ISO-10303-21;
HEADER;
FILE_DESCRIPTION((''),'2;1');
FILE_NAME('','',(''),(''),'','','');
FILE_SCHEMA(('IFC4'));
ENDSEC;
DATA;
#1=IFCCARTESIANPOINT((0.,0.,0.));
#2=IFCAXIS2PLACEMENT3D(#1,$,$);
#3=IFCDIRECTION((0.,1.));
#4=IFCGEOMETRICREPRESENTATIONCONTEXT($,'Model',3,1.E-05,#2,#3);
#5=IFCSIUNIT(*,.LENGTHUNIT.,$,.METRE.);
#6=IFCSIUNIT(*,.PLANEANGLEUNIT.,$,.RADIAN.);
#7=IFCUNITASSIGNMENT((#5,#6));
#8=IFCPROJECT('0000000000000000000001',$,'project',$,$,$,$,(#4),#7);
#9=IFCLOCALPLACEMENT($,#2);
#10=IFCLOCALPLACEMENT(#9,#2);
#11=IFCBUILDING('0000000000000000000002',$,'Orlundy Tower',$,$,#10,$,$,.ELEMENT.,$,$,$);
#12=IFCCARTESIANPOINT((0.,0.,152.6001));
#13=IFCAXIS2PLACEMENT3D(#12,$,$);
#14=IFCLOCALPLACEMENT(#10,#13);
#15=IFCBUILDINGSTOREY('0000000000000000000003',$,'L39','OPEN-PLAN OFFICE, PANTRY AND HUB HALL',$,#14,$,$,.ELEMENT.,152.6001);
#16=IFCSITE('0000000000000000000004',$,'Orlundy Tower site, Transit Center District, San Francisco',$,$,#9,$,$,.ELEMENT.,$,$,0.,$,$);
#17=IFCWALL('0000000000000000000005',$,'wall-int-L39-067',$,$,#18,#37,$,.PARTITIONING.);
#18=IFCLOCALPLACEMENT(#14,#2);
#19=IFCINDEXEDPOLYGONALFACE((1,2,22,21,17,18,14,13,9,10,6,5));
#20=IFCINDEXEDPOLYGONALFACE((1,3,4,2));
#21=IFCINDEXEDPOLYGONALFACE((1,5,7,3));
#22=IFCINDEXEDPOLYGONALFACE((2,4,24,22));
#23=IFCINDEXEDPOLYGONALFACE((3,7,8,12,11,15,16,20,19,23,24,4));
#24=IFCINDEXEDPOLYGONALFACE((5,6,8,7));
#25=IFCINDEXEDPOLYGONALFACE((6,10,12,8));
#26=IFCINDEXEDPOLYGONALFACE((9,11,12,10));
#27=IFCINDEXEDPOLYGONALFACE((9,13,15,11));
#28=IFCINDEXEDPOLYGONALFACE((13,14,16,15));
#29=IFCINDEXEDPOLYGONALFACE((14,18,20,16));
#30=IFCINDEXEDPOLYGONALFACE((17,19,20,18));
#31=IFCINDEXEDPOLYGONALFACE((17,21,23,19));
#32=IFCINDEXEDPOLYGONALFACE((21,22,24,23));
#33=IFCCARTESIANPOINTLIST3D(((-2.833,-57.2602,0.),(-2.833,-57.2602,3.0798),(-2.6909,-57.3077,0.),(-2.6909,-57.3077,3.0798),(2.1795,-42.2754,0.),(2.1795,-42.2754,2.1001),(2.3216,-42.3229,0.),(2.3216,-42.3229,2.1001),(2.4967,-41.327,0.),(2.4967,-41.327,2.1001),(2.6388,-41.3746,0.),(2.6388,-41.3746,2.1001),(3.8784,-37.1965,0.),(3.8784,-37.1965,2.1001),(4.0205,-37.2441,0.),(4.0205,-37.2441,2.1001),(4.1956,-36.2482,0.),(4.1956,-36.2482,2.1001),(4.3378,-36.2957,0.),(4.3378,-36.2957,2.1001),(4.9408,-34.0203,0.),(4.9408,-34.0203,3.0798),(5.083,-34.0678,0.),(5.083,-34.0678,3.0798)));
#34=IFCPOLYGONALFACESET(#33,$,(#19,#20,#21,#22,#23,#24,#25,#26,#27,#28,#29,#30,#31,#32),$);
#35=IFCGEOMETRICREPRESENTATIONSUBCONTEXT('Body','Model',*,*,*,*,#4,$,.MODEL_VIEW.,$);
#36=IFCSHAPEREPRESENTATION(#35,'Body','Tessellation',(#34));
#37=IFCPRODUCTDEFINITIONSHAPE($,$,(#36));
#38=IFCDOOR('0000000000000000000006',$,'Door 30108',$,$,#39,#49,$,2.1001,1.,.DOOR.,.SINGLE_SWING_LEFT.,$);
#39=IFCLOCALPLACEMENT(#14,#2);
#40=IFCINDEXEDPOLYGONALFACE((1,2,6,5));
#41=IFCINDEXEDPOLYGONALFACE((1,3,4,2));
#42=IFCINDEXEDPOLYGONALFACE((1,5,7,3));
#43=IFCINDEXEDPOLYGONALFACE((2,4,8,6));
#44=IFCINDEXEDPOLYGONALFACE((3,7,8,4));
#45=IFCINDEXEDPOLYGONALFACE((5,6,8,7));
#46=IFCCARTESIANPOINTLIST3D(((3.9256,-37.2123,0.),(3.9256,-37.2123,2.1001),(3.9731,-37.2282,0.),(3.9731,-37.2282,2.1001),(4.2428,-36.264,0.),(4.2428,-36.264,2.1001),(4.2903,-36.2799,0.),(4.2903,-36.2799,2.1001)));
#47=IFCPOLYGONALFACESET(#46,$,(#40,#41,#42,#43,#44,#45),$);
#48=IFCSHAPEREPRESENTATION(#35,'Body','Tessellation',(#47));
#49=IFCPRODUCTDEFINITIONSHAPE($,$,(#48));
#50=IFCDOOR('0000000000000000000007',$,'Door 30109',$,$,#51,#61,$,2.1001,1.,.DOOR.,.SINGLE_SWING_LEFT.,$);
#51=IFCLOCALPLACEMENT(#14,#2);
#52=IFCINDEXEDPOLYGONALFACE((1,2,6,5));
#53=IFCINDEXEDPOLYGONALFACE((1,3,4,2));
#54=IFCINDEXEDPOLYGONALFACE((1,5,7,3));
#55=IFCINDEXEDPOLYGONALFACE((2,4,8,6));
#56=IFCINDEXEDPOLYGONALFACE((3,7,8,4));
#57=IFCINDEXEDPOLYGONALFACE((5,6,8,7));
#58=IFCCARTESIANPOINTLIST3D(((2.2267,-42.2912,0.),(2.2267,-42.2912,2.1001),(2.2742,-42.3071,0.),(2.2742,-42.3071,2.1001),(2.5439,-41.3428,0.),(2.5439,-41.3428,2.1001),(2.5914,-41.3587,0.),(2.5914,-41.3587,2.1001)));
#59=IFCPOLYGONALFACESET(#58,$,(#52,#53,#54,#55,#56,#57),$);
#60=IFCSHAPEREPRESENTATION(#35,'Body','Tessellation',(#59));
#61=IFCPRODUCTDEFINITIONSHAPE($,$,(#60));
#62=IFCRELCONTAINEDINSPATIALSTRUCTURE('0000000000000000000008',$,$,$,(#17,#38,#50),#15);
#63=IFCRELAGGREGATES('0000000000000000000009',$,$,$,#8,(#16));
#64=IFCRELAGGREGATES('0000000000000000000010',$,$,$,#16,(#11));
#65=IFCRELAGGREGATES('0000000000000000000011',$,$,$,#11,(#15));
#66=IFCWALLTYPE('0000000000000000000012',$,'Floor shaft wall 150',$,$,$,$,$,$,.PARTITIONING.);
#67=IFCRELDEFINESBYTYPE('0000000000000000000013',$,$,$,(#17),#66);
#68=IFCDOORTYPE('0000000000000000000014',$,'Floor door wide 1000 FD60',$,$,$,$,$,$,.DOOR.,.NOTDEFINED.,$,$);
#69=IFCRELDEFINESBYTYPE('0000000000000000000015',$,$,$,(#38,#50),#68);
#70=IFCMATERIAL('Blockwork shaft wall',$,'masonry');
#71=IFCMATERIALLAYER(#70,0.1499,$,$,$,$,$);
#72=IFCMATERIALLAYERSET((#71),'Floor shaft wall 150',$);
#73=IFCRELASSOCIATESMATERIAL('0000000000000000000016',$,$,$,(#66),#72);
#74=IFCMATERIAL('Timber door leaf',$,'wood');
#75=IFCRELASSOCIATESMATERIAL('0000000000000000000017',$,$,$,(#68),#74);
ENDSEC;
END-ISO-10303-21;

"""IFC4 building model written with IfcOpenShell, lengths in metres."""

from ifc_helpers import new_model, si_unit, direction, frame, frame_2d, origin, place, context, subcontext, project, spatial, rectangle, extrude, material, layer, layer_set, type_object, element, fill, save


model = new_model("IFC4")

# Units and contexts
model_context = context("Model", 3, precision=1e-05, world=origin(), true_north=direction((0.0, 1.0)))
body_context = subcontext(model_context, "Body", "Model", "MODEL_VIEW")
ifc_project = project(units=[si_unit("LENGTHUNIT", "METRE"), si_unit("PLANEANGLEUNIT", "RADIAN")], contexts=[model_context])

# Site, building, storey
site_placement = place(None, origin())
site = spatial("IfcSite", under=ifc_project, at=site_placement, Name="Orlundy Tower site, Transit Center District, San Francisco", CompositionType="ELEMENT", RefElevation=0.0)
building_placement = place(site_placement, origin())
building = spatial("IfcBuilding", under=site, at=building_placement, Name="Orlundy Tower", CompositionType="ELEMENT")
storey_placement = place(building_placement, frame((0.0, 0.0, 152.6001)))
storey = spatial("IfcBuildingStorey", under=building, at=storey_placement, Name="L39", Description="OPEN-PLAN OFFICE, PANTRY AND HUB HALL", CompositionType="ELEMENT", Elevation=152.6001)

# Wall, openings, doors
ifc_material_1 = material(Name="Blockwork shaft wall", Category="masonry")
ifc_layer_1 = layer(ifc_material_1, 0.1499)
ifc_layer_set_1 = layer_set([ifc_layer_1], Name="Floor shaft wall 150")
wall_type_1 = type_object("IfcWallType", Name="Floor shaft wall 150", PredefinedType="PARTITIONING", material=ifc_layer_set_1)
wall_1_placement = place(storey_placement, frame((5.012, -34.0439, 0.0), z_axis=(0.0, 0.0, 1.0), x_axis=(-0.317229, -0.948349, 0.0)))
wall_1 = element("IfcWall", 1, at=wall_1_placement, inside=storey, type_object=wall_type_1, Name="wall-int-L39-067", PredefinedType="PARTITIONING", context=body_context, shape_type="SweptSolid", body=[
    extrude(rectangle(XDim=24.5056, YDim=0.1499, at=frame_2d((12.2529, 0.0))), origin(), (0.0, 0.0, 1.0), 3.0798),
])
opening_1_placement = place(wall_1_placement, frame((2.3494, 0.0, 0.0)))
opening_1 = element("IfcOpeningElement", 2, at=opening_1_placement, cuts=wall_1, PredefinedType="OPENING", context=body_context, shape_type="SweptSolid", body=[
    extrude(rectangle(XDim=1.0, YDim=2.1001, at=frame_2d((0.5, 1.05))), frame((0.0, 0.085, 0.0), z_axis=(0.0, -1.0, 0.0), x_axis=(1.0, 0.0, 0.0)), (0.0, 0.0, 1.0), 0.1699),
])
opening_2_placement = place(wall_1_placement, frame((7.7048, 0.0, 0.0)))
opening_2 = element("IfcOpeningElement", 3, at=opening_2_placement, cuts=wall_1, PredefinedType="OPENING", context=body_context, shape_type="SweptSolid", body=[
    extrude(rectangle(XDim=1.0, YDim=2.1001, at=frame_2d((0.5, 1.05))), frame((0.0, 0.085, 0.0), z_axis=(0.0, -1.0, 0.0), x_axis=(1.0, 0.0, 0.0)), (0.0, 0.0, 1.0), 0.1699),
])
ifc_material_2 = material(Name="Timber door leaf", Category="wood")
door_type = type_object("IfcDoorType", Name="Floor door wide 1000 FD60", OperationType="NOTDEFINED", PredefinedType="DOOR", material=ifc_material_2)
door_1_placement = place(opening_1_placement, origin())
door_1 = element("IfcDoor", 4, at=door_1_placement, inside=storey, type_object=door_type, Name="Door 30108", OperationType="SINGLE_SWING_LEFT", OverallHeight=2.1001, OverallWidth=1.0, PredefinedType="DOOR", context=body_context, shape_type="SweptSolid", body=[
    extrude(rectangle(XDim=1.0, YDim=2.1001, at=frame_2d((0.5, 1.05))), frame((0.0, 0.0249, 0.0), z_axis=(0.0, -1.0, 0.0), x_axis=(1.0, 0.0, 0.0)), (0.0, 0.0, 1.0), 0.05),
])
fill(opening_1, door_1)
door_2_placement = place(opening_2_placement, origin())
door_2 = element("IfcDoor", 5, at=door_2_placement, inside=storey, type_object=door_type, Name="Door 30109", OperationType="SINGLE_SWING_LEFT", OverallHeight=2.1001, OverallWidth=1.0, PredefinedType="DOOR", context=body_context, shape_type="SweptSolid", body=[
    extrude(rectangle(XDim=1.0, YDim=2.1001, at=frame_2d((0.5, 1.05))), frame((0.0, 0.0249, 0.0), z_axis=(0.0, -1.0, 0.0), x_axis=(1.0, 0.0, 0.0)), (0.0, 0.0, 1.0), 0.05),
])
fill(opening_2, door_2)

save(model, "model.ifc")
